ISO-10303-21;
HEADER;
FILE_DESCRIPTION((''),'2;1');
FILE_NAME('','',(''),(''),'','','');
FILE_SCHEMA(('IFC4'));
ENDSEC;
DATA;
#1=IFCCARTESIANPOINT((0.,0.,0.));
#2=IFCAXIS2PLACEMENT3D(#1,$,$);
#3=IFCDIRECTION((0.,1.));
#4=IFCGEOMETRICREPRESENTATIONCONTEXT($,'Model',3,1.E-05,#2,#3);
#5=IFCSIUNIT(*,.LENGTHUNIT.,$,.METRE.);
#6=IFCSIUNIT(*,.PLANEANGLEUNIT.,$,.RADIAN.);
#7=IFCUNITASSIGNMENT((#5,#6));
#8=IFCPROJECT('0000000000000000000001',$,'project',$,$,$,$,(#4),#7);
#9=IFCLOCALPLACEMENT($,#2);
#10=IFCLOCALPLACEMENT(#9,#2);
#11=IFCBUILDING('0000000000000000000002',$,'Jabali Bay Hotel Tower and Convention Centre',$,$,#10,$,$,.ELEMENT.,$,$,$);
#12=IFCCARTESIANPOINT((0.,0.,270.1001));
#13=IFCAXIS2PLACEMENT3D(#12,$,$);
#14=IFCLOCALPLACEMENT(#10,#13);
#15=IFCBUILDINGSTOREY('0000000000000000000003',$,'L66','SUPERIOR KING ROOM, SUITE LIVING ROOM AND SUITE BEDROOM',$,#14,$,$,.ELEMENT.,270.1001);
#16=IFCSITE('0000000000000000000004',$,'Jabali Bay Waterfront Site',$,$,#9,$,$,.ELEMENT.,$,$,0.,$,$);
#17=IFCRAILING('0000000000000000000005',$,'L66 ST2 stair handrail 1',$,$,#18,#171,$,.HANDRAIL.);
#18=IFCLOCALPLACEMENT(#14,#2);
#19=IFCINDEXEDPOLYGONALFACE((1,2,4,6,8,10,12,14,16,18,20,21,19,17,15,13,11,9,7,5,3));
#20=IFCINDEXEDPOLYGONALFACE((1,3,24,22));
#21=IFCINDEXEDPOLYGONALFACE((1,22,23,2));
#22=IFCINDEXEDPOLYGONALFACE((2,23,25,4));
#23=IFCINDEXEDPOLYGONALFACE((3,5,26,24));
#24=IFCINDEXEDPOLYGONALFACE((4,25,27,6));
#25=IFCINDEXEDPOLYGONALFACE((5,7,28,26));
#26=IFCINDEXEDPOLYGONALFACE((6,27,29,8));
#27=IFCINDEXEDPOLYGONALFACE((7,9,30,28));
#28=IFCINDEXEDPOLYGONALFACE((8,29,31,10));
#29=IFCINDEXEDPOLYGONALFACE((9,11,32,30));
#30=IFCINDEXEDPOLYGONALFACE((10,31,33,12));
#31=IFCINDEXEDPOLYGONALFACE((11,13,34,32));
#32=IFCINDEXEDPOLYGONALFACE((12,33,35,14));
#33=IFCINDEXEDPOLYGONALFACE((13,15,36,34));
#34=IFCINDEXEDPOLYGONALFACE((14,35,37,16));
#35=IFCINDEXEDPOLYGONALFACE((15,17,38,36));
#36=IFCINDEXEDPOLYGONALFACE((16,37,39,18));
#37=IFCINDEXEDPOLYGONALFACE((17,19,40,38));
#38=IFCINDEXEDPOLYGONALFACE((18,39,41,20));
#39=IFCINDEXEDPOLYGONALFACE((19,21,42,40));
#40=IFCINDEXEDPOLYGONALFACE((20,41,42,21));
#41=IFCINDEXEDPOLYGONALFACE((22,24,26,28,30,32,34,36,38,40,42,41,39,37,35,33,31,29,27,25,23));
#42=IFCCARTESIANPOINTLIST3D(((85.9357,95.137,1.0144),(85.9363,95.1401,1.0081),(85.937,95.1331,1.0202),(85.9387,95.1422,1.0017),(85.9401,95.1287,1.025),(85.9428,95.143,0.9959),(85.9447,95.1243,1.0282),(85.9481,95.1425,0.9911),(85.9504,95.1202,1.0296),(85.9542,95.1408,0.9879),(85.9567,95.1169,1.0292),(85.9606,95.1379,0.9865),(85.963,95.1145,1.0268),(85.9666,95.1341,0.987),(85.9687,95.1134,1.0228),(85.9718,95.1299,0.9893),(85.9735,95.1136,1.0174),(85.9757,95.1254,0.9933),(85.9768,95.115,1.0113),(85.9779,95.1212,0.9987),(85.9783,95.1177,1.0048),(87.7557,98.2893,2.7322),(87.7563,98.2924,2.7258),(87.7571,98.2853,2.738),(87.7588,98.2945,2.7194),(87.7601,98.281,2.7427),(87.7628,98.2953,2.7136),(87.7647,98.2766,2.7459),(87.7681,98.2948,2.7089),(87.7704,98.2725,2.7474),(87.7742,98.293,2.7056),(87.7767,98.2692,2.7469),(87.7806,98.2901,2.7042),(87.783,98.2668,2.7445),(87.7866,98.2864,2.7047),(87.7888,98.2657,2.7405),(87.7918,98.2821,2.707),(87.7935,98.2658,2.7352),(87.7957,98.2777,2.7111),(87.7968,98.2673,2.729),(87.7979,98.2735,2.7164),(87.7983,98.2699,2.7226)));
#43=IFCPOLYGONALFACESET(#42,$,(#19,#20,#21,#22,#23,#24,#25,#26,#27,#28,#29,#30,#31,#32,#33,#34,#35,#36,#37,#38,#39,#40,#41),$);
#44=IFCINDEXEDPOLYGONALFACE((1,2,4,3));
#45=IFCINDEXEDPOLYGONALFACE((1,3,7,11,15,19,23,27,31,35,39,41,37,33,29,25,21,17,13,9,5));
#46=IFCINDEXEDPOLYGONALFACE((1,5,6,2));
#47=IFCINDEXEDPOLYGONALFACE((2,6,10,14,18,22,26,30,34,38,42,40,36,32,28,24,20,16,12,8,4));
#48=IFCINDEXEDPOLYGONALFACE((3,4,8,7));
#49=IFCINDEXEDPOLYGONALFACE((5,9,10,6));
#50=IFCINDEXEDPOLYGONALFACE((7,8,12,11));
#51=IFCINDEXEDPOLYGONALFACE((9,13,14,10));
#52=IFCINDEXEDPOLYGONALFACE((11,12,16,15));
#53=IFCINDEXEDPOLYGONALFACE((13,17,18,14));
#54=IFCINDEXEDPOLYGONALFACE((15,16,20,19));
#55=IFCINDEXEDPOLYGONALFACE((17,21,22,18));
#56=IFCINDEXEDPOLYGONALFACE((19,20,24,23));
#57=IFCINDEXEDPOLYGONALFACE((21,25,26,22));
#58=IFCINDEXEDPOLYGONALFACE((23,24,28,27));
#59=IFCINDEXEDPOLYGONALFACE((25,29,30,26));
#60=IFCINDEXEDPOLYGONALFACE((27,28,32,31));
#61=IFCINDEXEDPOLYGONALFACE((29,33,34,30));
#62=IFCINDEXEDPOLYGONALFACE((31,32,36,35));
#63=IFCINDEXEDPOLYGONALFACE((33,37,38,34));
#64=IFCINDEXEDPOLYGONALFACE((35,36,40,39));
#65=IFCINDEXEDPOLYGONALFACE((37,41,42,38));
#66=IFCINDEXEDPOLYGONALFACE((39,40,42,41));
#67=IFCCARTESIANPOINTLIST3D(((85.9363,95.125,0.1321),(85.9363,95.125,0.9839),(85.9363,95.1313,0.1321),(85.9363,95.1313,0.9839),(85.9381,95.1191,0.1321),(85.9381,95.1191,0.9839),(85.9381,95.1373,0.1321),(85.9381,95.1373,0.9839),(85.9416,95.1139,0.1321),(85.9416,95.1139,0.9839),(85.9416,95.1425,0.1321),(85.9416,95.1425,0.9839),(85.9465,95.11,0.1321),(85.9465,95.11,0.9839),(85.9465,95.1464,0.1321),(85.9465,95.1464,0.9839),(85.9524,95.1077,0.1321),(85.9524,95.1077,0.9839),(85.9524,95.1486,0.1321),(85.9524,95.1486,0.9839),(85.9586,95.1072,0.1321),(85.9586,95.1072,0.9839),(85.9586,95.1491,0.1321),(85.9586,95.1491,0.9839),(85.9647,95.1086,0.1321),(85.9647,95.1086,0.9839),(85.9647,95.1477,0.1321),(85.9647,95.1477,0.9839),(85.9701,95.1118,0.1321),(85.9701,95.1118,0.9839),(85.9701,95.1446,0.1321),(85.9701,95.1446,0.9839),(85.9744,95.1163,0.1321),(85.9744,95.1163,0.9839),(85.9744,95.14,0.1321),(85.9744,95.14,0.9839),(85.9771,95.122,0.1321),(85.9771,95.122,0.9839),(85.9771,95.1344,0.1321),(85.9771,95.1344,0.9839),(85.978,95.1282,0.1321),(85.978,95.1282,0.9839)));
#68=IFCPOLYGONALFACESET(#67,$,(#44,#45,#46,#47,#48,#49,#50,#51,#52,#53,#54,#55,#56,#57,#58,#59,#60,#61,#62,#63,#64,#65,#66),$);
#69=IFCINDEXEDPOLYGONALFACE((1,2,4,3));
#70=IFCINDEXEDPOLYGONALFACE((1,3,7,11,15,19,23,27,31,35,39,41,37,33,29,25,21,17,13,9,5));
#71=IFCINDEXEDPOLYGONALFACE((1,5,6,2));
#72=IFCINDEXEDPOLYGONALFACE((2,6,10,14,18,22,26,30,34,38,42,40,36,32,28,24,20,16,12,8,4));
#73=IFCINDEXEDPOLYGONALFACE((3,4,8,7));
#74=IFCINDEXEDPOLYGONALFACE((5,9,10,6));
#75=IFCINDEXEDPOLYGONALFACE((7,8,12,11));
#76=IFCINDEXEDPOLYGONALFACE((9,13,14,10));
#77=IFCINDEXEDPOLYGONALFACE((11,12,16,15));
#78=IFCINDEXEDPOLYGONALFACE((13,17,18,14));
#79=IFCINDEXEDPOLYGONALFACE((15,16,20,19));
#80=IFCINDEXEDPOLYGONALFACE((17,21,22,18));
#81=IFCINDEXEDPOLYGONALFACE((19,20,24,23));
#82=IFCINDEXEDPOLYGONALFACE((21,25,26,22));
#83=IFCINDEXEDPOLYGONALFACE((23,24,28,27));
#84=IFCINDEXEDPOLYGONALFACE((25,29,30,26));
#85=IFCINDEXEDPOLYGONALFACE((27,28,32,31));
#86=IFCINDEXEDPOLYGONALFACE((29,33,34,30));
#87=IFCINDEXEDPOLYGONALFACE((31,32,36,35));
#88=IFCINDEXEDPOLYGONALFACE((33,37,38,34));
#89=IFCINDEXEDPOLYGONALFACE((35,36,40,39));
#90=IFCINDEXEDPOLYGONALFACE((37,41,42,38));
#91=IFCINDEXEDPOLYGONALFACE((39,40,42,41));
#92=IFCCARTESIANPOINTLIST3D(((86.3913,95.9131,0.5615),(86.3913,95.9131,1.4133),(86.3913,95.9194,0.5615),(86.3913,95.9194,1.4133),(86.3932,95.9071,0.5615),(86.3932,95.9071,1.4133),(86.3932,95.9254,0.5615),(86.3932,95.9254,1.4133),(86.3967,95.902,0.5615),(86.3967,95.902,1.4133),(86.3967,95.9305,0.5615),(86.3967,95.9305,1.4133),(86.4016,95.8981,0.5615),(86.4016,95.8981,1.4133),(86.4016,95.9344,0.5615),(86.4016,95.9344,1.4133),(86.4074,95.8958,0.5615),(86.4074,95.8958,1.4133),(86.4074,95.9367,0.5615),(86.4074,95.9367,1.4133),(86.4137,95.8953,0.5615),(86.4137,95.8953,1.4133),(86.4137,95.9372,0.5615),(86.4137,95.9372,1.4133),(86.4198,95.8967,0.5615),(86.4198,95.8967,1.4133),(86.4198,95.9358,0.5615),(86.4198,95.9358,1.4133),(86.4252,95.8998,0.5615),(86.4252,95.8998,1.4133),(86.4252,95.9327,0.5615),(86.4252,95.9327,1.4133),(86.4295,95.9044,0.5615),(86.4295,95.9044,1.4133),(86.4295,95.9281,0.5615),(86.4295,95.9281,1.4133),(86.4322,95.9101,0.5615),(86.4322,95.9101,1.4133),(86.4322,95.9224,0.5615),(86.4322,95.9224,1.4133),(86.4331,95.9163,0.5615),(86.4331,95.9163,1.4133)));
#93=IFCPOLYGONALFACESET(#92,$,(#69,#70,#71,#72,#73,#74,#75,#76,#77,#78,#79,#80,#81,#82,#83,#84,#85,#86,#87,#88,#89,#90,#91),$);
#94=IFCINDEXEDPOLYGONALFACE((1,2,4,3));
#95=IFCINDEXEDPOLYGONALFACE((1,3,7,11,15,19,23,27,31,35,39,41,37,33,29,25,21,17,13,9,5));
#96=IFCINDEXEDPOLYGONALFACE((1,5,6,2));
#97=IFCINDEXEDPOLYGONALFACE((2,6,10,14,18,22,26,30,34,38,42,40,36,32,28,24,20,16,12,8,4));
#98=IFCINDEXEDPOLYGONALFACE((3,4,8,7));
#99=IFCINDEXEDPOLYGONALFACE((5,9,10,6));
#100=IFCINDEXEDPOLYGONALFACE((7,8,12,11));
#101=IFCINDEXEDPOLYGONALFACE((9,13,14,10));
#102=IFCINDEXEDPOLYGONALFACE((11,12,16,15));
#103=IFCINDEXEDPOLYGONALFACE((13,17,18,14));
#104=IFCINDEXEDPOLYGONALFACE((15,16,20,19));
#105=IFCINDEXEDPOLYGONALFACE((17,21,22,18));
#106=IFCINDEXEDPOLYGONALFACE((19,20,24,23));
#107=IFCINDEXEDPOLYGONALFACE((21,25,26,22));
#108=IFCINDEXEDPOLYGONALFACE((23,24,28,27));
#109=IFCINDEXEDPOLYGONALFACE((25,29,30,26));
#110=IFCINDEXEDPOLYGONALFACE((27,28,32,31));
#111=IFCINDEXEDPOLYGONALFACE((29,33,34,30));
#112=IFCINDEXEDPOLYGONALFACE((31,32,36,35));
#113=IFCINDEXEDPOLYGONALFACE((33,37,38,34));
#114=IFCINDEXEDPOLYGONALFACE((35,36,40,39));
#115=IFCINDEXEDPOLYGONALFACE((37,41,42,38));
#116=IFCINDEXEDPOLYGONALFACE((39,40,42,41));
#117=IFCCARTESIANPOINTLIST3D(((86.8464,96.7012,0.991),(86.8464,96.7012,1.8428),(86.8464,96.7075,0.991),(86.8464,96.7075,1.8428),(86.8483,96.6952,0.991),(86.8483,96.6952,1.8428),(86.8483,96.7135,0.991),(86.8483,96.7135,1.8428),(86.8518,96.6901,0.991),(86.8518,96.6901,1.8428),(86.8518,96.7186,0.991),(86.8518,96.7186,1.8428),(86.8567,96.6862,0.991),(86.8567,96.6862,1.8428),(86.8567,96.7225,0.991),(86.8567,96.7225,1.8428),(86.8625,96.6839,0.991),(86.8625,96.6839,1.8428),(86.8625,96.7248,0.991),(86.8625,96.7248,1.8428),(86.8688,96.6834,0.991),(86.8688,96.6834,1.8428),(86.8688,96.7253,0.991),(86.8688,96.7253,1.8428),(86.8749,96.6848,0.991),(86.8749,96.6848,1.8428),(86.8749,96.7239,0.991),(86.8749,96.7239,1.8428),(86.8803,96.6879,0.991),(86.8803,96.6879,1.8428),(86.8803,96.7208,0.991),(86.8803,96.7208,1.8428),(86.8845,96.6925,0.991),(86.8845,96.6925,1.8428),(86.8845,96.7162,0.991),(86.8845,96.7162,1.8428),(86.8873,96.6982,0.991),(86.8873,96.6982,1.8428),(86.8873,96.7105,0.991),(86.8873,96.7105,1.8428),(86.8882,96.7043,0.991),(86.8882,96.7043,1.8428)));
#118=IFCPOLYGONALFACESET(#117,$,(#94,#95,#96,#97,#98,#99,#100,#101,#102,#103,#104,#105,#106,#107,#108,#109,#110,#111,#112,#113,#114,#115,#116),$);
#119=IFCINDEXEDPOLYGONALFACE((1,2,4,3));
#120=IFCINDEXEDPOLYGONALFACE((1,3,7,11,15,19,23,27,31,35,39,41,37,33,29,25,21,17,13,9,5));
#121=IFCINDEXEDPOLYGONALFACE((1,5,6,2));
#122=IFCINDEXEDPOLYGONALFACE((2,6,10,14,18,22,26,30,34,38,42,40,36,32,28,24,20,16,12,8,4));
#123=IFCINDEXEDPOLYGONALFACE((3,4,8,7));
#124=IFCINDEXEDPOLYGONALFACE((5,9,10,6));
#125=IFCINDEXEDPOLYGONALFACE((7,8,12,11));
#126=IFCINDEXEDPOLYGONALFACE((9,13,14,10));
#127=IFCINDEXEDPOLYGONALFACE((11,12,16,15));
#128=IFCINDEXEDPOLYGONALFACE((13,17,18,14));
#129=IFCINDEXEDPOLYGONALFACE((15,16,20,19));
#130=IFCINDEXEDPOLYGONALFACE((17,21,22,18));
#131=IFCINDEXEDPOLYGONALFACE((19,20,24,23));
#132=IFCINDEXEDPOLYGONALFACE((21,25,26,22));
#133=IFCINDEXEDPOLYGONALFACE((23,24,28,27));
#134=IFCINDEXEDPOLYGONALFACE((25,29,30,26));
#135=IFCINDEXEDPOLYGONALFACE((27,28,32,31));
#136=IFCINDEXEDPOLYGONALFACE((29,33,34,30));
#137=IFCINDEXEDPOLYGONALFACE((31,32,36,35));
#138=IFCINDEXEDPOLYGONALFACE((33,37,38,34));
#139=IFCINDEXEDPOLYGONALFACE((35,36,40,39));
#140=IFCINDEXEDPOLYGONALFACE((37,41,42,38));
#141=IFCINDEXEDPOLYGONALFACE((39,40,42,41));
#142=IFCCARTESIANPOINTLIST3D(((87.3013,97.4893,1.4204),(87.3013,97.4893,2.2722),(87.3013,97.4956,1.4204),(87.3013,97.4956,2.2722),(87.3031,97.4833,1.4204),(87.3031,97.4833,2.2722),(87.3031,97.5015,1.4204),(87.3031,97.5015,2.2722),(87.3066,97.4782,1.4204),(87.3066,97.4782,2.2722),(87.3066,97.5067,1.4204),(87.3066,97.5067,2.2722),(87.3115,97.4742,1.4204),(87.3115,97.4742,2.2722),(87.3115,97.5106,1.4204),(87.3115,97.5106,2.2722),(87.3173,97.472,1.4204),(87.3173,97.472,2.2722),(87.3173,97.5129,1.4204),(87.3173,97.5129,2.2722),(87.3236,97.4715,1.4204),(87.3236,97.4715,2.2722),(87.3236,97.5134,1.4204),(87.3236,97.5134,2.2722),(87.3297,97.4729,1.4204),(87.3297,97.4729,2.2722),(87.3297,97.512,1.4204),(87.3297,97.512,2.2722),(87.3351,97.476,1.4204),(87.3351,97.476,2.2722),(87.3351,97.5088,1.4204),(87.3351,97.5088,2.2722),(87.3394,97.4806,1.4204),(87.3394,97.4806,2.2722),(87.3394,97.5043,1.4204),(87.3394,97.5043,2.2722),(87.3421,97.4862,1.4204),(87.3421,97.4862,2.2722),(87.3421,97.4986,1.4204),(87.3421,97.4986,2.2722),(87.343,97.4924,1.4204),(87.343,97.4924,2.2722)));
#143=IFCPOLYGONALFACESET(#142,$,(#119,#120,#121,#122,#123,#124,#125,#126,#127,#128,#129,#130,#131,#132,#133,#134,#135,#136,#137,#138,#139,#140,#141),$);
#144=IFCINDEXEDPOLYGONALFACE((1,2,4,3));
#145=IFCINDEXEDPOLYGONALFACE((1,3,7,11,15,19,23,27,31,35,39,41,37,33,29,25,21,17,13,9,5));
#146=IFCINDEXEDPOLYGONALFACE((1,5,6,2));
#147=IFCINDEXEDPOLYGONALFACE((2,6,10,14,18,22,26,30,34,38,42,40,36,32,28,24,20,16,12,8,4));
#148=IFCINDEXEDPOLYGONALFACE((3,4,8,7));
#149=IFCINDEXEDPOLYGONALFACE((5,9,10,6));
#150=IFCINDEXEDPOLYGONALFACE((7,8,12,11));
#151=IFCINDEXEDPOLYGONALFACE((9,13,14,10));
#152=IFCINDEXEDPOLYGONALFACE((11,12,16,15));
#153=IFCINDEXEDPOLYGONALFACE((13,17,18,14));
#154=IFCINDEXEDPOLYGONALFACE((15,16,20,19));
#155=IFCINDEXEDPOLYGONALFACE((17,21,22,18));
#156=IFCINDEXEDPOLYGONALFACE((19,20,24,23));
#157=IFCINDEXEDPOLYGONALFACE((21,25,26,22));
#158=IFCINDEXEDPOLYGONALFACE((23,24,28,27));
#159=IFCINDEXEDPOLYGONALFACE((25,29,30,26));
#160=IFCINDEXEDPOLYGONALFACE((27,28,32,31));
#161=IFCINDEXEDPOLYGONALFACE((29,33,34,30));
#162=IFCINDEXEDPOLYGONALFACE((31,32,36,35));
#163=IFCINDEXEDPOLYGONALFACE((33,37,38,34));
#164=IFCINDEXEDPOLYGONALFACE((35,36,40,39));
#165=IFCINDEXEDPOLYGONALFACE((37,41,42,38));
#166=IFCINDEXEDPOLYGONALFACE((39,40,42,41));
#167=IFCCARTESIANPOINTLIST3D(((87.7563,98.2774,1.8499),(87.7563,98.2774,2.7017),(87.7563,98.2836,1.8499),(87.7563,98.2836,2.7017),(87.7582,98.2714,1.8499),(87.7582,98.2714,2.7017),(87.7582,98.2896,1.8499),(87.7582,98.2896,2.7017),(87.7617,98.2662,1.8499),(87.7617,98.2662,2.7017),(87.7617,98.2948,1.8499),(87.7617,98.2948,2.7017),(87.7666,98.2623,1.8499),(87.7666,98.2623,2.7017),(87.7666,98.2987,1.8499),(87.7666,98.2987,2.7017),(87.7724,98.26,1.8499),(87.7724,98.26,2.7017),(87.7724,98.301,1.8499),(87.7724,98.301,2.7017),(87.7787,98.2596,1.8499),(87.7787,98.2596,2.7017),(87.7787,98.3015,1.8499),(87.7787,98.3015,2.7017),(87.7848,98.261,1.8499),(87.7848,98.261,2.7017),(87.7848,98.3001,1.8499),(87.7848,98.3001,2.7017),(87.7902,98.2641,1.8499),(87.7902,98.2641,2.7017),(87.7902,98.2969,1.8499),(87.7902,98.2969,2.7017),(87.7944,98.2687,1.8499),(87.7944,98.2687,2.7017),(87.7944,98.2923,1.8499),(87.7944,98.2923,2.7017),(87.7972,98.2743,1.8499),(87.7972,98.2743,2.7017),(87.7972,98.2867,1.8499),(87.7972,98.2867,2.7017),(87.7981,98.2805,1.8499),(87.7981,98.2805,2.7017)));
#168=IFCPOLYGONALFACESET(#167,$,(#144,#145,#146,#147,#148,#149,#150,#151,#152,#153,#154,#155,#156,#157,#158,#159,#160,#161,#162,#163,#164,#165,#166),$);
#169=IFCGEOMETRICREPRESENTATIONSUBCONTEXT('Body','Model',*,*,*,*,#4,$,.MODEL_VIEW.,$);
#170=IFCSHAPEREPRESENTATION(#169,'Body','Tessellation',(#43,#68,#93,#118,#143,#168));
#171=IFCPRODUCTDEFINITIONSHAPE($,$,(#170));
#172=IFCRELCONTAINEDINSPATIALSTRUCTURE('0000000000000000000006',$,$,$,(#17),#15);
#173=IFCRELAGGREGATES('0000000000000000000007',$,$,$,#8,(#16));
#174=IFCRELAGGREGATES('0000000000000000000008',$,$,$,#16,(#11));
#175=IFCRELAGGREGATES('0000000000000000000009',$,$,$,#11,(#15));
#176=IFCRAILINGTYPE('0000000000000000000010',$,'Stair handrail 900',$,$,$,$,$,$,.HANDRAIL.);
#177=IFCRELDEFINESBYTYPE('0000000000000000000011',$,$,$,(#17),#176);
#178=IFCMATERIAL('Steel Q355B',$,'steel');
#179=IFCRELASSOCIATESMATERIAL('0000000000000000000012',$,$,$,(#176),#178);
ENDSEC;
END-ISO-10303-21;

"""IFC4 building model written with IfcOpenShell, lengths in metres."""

from ifc_helpers import new_model, si_unit, direction, frame, origin, origin_2d, place, context, subcontext, project, spatial, circle, extrude, material, type_object, element, save


model = new_model("IFC4")

# Units and contexts
model_context = context("Model", 3, precision=1e-05, world=origin(), true_north=direction((0.0, 1.0)))
body_context = subcontext(model_context, "Body", "Model", "MODEL_VIEW")
ifc_project = project(units=[si_unit("LENGTHUNIT", "METRE"), si_unit("PLANEANGLEUNIT", "RADIAN")], contexts=[model_context])

# Site, building, storey
site_placement = place(None, origin())
site = spatial("IfcSite", under=ifc_project, at=site_placement, Name="Jabali Bay Waterfront Site", CompositionType="ELEMENT", RefElevation=0.0)
building_placement = place(site_placement, origin())
building = spatial("IfcBuilding", under=site, at=building_placement, Name="Jabali Bay Hotel Tower and Convention Centre", CompositionType="ELEMENT")
storey_placement = place(building_placement, frame((0.0, 0.0, 270.1001)))
storey = spatial("IfcBuildingStorey", under=building, at=storey_placement, Name="L66", Description="SUPERIOR KING ROOM, SUITE LIVING ROOM AND SUITE BEDROOM", CompositionType="ELEMENT", Elevation=270.1001)

# Railing
ifc_material_1 = material(Name="Steel Q355B", Category="steel")
railing_type_1 = type_object("IfcRailingType", Name="Stair handrail 900", PredefinedType="HANDRAIL", material=ifc_material_1)
railing_1_placement = place(storey_placement, frame((85.957, 95.1282, 0.1321)))
element("IfcRailing", 1, at=railing_1_placement, inside=storey, type_object=railing_type_1, Name="L66 ST2 stair handrail 1", PredefinedType="HANDRAIL", context=body_context, shape_type="SweptSolid", body=[
    extrude(circle(Radius=0.0239, at=origin_2d()), frame((0.0, 0.0, 0.876), z_axis=(0.45219, 0.78319, 0.426775), x_axis=(-0.866018, 0.500013, 0.0)), (0.0, 0.0, 1.0), 4.0249),
    extrude(circle(Radius=0.021, at=origin_2d()), origin(), (0.0, 0.0, 1.0), 0.8518),
    extrude(circle(Radius=0.021, at=origin_2d()), frame((0.4551, 0.7881, 0.4294)), (0.0, 0.0, 1.0), 0.8518),
    extrude(circle(Radius=0.021, at=origin_2d()), frame((0.9102, 1.5762, 0.8589)), (0.0, 0.0, 1.0), 0.8518),
    extrude(circle(Radius=0.021, at=origin_2d()), frame((1.365, 2.3643, 1.2883)), (0.0, 0.0, 1.0), 0.8518),
    extrude(circle(Radius=0.021, at=origin_2d()), frame((1.8201, 3.1523, 1.7178)), (0.0, 0.0, 1.0), 0.8518),
])

save(model, "model.ifc")
